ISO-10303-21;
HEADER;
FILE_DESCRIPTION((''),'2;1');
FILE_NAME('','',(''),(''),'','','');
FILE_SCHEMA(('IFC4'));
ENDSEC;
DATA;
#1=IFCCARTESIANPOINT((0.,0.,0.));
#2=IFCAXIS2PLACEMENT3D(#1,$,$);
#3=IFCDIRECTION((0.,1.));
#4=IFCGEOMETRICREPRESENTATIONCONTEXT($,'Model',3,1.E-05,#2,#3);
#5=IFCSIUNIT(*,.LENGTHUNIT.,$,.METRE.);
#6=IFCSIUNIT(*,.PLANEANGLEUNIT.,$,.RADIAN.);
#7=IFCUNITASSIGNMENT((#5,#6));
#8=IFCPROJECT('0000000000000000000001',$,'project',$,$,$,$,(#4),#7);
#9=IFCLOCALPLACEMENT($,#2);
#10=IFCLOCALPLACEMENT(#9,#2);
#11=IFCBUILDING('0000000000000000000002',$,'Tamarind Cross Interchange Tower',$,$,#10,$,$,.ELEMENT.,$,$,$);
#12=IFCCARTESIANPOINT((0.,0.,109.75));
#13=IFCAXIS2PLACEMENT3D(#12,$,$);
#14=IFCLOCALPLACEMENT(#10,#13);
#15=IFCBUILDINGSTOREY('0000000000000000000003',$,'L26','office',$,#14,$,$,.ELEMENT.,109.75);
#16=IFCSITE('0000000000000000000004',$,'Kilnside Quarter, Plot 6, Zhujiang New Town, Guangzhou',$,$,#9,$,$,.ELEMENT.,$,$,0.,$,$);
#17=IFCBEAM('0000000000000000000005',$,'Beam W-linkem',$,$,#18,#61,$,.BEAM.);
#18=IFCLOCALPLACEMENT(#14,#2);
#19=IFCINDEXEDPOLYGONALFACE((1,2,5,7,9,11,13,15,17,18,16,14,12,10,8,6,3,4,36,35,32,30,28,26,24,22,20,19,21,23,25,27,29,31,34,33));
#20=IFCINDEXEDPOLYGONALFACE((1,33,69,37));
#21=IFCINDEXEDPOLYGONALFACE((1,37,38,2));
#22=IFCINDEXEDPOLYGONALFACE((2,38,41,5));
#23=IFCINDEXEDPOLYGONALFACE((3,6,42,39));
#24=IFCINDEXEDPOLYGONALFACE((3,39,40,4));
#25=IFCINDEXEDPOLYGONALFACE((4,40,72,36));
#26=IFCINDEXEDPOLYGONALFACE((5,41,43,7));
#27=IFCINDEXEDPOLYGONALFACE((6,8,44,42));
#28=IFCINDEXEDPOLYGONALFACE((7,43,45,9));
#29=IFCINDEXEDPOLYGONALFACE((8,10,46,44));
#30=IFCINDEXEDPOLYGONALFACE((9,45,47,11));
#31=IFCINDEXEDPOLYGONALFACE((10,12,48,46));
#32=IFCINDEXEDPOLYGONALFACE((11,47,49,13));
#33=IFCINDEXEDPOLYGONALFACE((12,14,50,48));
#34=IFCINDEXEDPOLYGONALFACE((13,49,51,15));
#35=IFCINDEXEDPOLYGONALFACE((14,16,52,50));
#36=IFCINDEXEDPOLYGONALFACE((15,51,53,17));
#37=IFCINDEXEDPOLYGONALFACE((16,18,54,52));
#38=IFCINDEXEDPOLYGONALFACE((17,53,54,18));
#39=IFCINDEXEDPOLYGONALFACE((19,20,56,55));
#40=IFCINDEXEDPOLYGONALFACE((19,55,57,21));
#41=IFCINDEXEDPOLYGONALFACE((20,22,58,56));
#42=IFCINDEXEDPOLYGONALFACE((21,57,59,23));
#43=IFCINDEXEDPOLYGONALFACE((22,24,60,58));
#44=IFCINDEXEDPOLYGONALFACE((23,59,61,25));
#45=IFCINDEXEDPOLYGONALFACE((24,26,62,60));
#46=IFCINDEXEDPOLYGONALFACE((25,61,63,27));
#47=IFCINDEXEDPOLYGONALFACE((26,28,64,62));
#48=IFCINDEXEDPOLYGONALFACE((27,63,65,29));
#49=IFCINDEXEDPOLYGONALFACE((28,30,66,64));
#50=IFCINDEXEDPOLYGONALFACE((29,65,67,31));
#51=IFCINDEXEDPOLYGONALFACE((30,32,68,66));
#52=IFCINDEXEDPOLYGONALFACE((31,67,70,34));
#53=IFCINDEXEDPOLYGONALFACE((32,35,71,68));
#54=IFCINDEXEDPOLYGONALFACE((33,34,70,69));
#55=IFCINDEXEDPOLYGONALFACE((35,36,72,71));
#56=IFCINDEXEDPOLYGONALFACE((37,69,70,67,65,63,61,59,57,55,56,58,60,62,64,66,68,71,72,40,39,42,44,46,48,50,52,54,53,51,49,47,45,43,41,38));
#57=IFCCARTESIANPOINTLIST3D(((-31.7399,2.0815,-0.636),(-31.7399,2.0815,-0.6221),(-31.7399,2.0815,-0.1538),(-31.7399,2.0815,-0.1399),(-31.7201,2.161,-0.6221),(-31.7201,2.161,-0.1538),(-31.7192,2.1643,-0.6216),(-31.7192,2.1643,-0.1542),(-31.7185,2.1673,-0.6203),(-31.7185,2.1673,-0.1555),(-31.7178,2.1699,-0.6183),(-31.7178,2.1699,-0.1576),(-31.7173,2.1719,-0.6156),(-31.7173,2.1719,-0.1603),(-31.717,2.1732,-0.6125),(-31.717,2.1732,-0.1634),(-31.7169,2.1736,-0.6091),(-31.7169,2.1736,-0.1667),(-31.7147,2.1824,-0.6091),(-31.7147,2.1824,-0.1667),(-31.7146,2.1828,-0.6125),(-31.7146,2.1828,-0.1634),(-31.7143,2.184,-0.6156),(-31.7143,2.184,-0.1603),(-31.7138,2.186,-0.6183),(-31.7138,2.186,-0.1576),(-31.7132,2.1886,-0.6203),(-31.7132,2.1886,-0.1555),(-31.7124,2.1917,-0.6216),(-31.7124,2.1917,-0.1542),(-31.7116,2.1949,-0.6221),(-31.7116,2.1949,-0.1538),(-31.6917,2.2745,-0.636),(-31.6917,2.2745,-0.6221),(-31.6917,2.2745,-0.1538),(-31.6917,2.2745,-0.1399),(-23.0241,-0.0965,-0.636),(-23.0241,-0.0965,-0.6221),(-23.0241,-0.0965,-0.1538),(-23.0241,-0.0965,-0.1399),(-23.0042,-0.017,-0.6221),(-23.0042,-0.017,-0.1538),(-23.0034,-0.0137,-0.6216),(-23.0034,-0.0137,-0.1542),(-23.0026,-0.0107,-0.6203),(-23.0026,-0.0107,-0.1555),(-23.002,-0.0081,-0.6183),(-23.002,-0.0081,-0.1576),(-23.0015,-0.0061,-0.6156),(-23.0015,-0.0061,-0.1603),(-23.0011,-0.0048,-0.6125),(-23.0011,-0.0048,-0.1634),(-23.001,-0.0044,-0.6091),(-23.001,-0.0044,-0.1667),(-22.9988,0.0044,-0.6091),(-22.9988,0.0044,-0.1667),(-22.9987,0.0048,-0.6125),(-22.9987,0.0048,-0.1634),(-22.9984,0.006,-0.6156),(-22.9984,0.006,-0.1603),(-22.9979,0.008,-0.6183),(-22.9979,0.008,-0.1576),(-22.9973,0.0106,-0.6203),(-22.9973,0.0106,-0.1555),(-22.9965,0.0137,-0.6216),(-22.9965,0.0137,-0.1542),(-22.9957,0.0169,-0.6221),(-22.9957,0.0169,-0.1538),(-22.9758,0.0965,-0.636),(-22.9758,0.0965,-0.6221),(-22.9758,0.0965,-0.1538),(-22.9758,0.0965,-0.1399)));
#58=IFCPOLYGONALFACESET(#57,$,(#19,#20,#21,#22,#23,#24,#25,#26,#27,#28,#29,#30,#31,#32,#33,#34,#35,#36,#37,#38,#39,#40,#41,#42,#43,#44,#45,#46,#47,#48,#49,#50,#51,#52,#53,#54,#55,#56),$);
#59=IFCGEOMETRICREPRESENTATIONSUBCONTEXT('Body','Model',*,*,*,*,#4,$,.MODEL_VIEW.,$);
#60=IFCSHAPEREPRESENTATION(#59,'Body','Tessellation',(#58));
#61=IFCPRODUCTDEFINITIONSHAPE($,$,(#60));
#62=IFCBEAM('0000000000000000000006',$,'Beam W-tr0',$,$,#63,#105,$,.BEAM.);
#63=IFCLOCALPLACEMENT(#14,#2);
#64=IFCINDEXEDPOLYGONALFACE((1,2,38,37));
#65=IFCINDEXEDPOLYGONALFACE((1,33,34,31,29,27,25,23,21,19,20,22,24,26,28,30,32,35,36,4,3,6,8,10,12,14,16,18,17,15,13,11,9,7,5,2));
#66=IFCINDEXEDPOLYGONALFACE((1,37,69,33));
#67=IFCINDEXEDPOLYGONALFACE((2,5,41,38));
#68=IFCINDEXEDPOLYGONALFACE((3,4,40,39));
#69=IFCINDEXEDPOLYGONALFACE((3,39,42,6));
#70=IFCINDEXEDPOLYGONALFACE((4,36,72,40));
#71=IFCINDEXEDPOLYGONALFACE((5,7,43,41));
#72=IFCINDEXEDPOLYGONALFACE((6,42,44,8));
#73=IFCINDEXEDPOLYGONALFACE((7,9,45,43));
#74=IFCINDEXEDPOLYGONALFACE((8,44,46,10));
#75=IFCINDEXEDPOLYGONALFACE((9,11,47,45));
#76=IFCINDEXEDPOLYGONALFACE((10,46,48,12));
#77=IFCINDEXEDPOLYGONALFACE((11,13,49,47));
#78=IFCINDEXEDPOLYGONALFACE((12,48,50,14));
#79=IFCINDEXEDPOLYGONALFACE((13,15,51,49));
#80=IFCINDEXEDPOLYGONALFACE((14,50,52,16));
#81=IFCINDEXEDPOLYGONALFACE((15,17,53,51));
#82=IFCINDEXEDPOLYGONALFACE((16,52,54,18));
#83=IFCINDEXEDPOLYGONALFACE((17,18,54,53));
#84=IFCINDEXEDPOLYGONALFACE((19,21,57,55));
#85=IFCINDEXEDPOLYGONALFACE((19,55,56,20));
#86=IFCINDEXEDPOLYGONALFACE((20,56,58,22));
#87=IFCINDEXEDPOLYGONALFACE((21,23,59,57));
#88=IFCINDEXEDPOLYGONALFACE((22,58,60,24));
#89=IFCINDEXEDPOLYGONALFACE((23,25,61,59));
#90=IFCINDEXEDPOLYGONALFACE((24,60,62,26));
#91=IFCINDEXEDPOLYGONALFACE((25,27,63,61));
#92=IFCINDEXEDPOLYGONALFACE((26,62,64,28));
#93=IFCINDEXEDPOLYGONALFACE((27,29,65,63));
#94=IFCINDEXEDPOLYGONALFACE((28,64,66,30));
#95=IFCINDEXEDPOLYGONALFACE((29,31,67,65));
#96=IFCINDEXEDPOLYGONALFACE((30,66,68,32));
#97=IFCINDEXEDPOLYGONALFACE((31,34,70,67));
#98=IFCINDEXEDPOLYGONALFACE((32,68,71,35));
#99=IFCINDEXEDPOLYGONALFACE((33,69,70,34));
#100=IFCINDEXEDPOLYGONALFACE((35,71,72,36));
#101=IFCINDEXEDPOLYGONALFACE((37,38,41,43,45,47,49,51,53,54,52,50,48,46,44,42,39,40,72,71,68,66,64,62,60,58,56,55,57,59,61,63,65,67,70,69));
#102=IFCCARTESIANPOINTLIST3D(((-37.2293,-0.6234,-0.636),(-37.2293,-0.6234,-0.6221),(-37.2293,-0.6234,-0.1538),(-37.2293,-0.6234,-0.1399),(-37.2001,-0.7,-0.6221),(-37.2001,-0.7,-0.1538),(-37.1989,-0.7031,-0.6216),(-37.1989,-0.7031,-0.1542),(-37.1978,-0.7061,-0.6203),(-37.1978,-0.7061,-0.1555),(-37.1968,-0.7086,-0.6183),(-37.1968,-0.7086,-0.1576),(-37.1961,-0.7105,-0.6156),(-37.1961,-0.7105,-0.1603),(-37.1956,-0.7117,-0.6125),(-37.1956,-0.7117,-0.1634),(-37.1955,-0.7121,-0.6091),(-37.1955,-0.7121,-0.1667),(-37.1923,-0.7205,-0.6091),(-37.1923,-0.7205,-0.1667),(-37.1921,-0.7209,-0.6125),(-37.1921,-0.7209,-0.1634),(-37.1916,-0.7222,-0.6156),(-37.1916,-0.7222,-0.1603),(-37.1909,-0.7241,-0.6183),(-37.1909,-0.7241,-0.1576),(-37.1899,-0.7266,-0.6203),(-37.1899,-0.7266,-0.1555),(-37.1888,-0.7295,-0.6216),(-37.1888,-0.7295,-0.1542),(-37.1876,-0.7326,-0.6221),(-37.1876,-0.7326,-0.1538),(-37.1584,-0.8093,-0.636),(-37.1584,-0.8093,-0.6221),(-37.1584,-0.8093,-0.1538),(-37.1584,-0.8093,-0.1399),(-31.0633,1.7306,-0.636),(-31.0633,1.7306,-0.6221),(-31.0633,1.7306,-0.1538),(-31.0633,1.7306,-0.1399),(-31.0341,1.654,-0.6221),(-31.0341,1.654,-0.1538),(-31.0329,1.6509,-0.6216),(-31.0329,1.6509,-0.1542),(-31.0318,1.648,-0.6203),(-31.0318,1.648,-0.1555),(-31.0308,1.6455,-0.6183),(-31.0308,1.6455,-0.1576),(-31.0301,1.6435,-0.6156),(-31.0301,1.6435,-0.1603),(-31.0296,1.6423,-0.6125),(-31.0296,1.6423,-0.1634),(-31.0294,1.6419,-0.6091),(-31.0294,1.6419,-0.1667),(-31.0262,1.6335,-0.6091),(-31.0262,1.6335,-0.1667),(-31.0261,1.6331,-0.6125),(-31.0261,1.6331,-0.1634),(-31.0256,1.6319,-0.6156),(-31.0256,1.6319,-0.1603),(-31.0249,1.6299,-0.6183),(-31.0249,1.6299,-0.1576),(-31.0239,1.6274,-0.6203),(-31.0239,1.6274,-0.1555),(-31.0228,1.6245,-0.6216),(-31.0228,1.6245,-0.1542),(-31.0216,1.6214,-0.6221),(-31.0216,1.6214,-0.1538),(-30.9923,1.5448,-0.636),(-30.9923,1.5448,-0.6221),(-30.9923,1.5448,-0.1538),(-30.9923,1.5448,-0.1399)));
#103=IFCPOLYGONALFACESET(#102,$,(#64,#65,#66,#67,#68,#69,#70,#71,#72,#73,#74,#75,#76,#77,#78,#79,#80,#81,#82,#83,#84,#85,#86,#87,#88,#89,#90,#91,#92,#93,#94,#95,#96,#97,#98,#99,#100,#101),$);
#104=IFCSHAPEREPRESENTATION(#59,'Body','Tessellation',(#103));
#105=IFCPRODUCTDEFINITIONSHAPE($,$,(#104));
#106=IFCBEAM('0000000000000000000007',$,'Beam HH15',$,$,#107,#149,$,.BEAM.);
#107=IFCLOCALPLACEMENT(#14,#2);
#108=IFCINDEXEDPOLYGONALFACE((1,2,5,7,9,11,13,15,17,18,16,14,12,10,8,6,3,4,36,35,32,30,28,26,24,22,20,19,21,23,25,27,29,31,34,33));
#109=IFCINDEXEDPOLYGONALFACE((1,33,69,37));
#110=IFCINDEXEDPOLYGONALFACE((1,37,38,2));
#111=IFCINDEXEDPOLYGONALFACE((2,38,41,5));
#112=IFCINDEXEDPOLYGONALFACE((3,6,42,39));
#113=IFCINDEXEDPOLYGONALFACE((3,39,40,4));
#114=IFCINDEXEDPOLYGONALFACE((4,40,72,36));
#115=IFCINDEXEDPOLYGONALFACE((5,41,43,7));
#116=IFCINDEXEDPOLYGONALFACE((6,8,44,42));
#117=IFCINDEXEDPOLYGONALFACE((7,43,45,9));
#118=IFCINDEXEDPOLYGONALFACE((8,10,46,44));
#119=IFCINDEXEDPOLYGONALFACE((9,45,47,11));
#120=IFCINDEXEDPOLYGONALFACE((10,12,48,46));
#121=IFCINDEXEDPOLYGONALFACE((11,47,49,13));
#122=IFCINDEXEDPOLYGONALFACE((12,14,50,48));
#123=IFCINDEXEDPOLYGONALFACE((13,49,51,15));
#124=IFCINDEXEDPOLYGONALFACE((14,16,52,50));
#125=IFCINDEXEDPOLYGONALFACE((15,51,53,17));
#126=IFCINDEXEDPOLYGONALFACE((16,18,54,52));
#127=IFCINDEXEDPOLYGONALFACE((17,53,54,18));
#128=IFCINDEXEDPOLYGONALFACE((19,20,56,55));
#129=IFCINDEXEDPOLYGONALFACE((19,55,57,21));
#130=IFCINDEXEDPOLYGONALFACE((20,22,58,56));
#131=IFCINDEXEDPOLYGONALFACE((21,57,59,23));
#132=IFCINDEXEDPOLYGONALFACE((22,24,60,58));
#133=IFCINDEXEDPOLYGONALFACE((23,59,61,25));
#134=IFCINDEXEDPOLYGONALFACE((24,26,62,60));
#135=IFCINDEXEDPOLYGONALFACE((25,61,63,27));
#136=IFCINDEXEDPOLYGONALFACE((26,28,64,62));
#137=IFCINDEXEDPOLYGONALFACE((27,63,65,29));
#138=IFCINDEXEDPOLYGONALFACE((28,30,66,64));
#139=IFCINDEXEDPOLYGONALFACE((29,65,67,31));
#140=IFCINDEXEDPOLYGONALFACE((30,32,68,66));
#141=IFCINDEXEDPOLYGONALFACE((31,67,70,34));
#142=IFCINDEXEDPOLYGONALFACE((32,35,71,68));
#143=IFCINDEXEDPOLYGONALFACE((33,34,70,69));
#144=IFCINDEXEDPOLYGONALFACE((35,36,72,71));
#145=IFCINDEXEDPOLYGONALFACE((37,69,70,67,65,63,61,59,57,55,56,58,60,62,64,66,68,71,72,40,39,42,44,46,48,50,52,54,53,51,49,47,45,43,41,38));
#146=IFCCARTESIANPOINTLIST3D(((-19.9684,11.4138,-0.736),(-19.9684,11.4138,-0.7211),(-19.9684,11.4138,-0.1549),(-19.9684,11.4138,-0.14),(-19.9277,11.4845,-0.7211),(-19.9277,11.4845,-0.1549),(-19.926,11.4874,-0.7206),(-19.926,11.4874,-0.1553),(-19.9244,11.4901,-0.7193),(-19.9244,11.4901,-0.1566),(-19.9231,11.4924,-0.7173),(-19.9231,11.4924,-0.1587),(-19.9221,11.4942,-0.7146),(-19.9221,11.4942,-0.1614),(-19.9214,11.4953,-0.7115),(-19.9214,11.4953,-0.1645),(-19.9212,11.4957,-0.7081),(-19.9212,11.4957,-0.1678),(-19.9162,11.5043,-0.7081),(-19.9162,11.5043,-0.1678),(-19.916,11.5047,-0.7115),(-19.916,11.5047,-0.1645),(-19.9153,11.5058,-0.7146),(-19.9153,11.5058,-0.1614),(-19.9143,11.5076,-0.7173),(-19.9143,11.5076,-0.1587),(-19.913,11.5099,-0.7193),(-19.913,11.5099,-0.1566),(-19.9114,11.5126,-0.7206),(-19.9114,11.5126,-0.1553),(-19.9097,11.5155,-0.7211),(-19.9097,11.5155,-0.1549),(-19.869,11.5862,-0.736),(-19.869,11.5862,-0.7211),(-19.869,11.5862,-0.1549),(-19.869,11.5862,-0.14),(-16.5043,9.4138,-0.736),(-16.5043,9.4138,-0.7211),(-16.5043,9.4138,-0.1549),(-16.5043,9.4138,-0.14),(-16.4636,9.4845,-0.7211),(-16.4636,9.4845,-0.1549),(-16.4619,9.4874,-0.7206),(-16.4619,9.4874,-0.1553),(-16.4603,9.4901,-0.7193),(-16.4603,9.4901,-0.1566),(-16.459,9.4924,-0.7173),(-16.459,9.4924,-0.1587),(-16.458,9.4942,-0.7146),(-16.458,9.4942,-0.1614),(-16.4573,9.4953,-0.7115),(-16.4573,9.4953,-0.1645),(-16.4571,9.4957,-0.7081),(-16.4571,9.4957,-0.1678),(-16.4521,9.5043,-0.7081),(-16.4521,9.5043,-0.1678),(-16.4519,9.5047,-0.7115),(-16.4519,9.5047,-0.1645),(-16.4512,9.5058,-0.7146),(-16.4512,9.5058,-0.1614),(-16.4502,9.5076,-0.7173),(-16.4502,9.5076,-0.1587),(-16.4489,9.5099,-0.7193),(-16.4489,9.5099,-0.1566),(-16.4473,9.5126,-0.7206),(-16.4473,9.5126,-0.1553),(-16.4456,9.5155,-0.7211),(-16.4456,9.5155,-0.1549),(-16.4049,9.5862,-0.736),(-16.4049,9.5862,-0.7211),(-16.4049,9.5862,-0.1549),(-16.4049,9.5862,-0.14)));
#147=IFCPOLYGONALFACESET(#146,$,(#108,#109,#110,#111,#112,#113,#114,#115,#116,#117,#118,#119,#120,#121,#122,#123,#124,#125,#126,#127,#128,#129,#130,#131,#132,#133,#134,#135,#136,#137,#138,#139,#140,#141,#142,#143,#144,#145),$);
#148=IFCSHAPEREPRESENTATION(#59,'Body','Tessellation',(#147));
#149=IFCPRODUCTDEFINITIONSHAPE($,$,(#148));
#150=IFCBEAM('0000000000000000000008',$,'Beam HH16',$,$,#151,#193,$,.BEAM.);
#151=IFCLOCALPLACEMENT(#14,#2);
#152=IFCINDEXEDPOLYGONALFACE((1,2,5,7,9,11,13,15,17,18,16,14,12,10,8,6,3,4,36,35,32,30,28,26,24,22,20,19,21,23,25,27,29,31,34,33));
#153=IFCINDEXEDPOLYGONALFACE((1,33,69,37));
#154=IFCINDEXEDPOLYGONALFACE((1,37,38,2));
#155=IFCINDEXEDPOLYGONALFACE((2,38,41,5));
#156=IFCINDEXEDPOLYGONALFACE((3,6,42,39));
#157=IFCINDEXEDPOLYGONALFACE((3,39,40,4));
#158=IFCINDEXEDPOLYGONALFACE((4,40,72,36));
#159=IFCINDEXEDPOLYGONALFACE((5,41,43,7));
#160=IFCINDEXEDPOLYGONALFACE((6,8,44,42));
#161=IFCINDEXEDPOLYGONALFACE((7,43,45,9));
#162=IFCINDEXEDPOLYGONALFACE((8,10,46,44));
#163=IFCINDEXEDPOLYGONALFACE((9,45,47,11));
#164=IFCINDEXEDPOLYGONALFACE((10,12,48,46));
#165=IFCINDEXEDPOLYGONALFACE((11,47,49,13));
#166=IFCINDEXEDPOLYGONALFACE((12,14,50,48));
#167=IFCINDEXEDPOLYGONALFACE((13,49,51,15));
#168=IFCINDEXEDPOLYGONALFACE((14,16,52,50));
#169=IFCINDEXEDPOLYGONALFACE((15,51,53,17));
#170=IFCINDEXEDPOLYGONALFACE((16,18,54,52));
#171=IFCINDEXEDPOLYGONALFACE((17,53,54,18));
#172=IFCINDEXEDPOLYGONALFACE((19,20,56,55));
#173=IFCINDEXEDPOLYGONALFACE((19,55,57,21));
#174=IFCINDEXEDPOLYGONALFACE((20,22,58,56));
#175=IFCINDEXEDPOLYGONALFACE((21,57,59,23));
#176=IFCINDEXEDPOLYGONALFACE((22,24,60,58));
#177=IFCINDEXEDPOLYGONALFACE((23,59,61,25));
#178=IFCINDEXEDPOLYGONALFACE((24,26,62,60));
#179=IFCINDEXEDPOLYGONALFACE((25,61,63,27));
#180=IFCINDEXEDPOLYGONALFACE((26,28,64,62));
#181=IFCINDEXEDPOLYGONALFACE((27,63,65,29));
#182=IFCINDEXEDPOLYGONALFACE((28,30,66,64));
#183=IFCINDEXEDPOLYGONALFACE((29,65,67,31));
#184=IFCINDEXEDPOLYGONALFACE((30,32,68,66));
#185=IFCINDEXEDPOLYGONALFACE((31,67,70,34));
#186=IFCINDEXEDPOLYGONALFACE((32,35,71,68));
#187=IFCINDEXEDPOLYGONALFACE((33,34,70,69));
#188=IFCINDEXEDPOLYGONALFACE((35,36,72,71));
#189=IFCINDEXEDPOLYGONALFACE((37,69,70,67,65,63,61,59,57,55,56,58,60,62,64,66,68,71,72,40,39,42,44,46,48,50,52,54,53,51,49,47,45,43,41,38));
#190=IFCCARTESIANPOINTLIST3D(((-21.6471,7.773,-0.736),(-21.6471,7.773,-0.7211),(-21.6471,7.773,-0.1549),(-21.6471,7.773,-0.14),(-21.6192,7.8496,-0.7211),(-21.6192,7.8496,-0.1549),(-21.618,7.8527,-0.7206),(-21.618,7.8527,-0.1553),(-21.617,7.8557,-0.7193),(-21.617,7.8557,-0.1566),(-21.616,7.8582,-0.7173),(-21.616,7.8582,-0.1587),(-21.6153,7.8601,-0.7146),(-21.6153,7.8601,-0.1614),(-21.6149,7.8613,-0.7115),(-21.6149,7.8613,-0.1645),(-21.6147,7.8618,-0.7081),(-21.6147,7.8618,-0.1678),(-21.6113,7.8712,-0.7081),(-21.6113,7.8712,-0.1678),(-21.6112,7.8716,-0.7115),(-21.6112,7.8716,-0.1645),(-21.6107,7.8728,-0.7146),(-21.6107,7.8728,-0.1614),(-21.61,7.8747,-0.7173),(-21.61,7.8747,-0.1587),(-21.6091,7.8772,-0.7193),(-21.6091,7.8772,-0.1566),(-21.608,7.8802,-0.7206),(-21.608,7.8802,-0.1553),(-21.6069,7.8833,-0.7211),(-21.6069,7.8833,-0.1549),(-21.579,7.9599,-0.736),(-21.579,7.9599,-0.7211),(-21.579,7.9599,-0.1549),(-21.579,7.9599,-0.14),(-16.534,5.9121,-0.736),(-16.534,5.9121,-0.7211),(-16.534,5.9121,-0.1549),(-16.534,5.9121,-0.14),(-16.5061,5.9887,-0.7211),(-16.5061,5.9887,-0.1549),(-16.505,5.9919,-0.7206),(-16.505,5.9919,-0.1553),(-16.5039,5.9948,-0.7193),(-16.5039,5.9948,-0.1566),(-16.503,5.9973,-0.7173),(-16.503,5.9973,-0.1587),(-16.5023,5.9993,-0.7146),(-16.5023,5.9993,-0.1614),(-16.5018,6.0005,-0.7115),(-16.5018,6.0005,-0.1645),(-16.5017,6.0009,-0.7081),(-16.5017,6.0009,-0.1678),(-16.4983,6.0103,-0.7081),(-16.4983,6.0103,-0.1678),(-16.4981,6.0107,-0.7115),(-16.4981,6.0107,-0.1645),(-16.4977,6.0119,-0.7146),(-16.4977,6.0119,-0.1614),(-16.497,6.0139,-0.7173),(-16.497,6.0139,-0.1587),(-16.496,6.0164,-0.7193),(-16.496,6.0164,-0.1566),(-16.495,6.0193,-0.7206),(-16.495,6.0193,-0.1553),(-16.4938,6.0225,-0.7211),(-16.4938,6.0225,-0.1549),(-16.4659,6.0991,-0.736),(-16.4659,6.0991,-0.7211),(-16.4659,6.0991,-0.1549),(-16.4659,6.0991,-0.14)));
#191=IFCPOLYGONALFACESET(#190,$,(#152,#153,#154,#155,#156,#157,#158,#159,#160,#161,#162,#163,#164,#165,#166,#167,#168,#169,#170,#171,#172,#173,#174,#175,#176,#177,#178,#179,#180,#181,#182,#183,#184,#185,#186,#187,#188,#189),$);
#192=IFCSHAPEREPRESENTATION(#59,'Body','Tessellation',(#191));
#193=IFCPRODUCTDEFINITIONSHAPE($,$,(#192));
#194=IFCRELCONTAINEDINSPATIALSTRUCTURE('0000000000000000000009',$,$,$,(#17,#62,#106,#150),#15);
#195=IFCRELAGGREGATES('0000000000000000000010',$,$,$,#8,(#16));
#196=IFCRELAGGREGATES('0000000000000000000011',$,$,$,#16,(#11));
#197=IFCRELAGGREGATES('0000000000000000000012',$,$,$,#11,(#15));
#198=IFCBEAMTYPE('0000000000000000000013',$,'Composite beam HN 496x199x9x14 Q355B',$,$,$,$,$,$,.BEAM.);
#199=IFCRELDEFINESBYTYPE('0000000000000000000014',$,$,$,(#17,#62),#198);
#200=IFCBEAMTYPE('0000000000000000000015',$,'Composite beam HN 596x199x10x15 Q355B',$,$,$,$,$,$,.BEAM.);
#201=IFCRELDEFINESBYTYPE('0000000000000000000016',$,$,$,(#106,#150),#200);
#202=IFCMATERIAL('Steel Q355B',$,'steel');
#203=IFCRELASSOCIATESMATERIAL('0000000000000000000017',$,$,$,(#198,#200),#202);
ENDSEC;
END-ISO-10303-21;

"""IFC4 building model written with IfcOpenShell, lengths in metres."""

from ifc_helpers import new_model, si_unit, direction, frame, origin, origin_2d, place, context, subcontext, project, spatial, i_section, extrude, material, material_profile, profile_set, type_object, element, save


model = new_model("IFC4")

# Units and contexts
model_context = context("Model", 3, precision=1e-05, world=origin(), true_north=direction((0.0, 1.0)))
body_context = subcontext(model_context, "Body", "Model", "MODEL_VIEW")
ifc_project = project(units=[si_unit("LENGTHUNIT", "METRE"), si_unit("PLANEANGLEUNIT", "RADIAN")], contexts=[model_context])

# Site, building, storey
site_placement = place(None, origin())
site = spatial("IfcSite", under=ifc_project, at=site_placement, Name="Kilnside Quarter, Plot 6, Zhujiang New Town, Guangzhou", CompositionType="ELEMENT", RefElevation=0.0)
building_placement = place(site_placement, origin())
building = spatial("IfcBuilding", under=site, at=building_placement, Name="Tamarind Cross Interchange Tower", CompositionType="ELEMENT")
storey_placement = place(building_placement, frame((0.0, 0.0, 109.75)))
storey = spatial("IfcBuildingStorey", under=building, at=storey_placement, Name="L26", Description="office", CompositionType="ELEMENT", Elevation=109.75)

# Beams
ifc_material_1 = material(Name="Steel Q355B", Category="steel")
ifc_material_profile_1 = material_profile(ifc_material_1, i_section(OverallWidth=0.199, OverallDepth=0.4961, WebThickness=0.009, FlangeThickness=0.0139, FilletRadius=0.0129, at=origin_2d()), Name="HN 496x199x9x14")
ifc_profile_set_1 = profile_set([ifc_material_profile_1], Name="Steel Q355B")
beam_type_1 = type_object("IfcBeamType", Name="Composite beam HN 496x199x9x14 Q355B", PredefinedType="BEAM", material=ifc_profile_set_1)
beam_1_placement = place(storey_placement, frame((-31.7158, 2.178, -0.3879), z_axis=(0.970168, -0.242433, 0.0), x_axis=(0.242433, 0.970168, 0.0)))
element("IfcBeam", 1, at=beam_1_placement, inside=storey, type_object=beam_type_1, Name="Beam W-linkem", PredefinedType="BEAM", context=body_context, shape_type="SweptSolid", body=[
    extrude(i_section(OverallWidth=0.199, OverallDepth=0.4961, WebThickness=0.009, FlangeThickness=0.0139, FilletRadius=0.0129, at=origin_2d()), origin(), (0.0, 0.0, 1.0), 8.9839),
])
beam_2_placement = place(storey_placement, frame((-31.0278, 1.6377, -0.3879), z_axis=(-0.934233, -0.356663, 0.0), x_axis=(0.356663, -0.934233, 0.0)))
element("IfcBeam", 2, at=beam_2_placement, inside=storey, type_object=beam_type_1, Name="Beam W-tr0", PredefinedType="BEAM", context=body_context, shape_type="SweptSolid", body=[
    extrude(i_section(OverallWidth=0.199, OverallDepth=0.4961, WebThickness=0.009, FlangeThickness=0.0139, FilletRadius=0.0129, at=origin_2d()), origin(), (0.0, 0.0, 1.0), 6.6001),
])
ifc_material_profile_2 = material_profile(ifc_material_1, i_section(OverallWidth=0.199, OverallDepth=0.5959, WebThickness=0.01, FlangeThickness=0.0149, FilletRadius=0.0129, at=origin_2d()), Name="HN 596x199x10x15")
ifc_profile_set_2 = profile_set([ifc_material_profile_2], Name="Steel Q355B")
beam_type_2 = type_object("IfcBeamType", Name="Composite beam HN 596x199x10x15 Q355B", PredefinedType="BEAM", material=ifc_profile_set_2)
beam_3_placement = place(storey_placement, frame((-19.9187, 11.5, -0.438), z_axis=(0.866026, -0.499999, 0.0), x_axis=(0.499999, 0.866026, 0.0)))
element("IfcBeam", 3, at=beam_3_placement, inside=storey, type_object=beam_type_2, Name="Beam HH15", PredefinedType="BEAM", context=body_context, shape_type="SweptSolid", body=[
    extrude(i_section(OverallWidth=0.199, OverallDepth=0.5959, WebThickness=0.01, FlangeThickness=0.0149, FilletRadius=0.0129, at=origin_2d()), origin(), (0.0, 0.0, 1.0), 4.0),
])
beam_4_placement = place(storey_placement, frame((-21.613, 7.8665, -0.438), z_axis=(0.939702, -0.341995, 0.0), x_axis=(0.341995, 0.939702, 0.0)))
element("IfcBeam", 4, at=beam_4_placement, inside=storey, type_object=beam_type_2, Name="Beam HH16", PredefinedType="BEAM", context=body_context, shape_type="SweptSolid", body=[
    extrude(i_section(OverallWidth=0.199, OverallDepth=0.5959, WebThickness=0.01, FlangeThickness=0.0149, FilletRadius=0.0129, at=origin_2d()), origin(), (0.0, 0.0, 1.0), 5.4412),
])

save(model, "model.ifc")
